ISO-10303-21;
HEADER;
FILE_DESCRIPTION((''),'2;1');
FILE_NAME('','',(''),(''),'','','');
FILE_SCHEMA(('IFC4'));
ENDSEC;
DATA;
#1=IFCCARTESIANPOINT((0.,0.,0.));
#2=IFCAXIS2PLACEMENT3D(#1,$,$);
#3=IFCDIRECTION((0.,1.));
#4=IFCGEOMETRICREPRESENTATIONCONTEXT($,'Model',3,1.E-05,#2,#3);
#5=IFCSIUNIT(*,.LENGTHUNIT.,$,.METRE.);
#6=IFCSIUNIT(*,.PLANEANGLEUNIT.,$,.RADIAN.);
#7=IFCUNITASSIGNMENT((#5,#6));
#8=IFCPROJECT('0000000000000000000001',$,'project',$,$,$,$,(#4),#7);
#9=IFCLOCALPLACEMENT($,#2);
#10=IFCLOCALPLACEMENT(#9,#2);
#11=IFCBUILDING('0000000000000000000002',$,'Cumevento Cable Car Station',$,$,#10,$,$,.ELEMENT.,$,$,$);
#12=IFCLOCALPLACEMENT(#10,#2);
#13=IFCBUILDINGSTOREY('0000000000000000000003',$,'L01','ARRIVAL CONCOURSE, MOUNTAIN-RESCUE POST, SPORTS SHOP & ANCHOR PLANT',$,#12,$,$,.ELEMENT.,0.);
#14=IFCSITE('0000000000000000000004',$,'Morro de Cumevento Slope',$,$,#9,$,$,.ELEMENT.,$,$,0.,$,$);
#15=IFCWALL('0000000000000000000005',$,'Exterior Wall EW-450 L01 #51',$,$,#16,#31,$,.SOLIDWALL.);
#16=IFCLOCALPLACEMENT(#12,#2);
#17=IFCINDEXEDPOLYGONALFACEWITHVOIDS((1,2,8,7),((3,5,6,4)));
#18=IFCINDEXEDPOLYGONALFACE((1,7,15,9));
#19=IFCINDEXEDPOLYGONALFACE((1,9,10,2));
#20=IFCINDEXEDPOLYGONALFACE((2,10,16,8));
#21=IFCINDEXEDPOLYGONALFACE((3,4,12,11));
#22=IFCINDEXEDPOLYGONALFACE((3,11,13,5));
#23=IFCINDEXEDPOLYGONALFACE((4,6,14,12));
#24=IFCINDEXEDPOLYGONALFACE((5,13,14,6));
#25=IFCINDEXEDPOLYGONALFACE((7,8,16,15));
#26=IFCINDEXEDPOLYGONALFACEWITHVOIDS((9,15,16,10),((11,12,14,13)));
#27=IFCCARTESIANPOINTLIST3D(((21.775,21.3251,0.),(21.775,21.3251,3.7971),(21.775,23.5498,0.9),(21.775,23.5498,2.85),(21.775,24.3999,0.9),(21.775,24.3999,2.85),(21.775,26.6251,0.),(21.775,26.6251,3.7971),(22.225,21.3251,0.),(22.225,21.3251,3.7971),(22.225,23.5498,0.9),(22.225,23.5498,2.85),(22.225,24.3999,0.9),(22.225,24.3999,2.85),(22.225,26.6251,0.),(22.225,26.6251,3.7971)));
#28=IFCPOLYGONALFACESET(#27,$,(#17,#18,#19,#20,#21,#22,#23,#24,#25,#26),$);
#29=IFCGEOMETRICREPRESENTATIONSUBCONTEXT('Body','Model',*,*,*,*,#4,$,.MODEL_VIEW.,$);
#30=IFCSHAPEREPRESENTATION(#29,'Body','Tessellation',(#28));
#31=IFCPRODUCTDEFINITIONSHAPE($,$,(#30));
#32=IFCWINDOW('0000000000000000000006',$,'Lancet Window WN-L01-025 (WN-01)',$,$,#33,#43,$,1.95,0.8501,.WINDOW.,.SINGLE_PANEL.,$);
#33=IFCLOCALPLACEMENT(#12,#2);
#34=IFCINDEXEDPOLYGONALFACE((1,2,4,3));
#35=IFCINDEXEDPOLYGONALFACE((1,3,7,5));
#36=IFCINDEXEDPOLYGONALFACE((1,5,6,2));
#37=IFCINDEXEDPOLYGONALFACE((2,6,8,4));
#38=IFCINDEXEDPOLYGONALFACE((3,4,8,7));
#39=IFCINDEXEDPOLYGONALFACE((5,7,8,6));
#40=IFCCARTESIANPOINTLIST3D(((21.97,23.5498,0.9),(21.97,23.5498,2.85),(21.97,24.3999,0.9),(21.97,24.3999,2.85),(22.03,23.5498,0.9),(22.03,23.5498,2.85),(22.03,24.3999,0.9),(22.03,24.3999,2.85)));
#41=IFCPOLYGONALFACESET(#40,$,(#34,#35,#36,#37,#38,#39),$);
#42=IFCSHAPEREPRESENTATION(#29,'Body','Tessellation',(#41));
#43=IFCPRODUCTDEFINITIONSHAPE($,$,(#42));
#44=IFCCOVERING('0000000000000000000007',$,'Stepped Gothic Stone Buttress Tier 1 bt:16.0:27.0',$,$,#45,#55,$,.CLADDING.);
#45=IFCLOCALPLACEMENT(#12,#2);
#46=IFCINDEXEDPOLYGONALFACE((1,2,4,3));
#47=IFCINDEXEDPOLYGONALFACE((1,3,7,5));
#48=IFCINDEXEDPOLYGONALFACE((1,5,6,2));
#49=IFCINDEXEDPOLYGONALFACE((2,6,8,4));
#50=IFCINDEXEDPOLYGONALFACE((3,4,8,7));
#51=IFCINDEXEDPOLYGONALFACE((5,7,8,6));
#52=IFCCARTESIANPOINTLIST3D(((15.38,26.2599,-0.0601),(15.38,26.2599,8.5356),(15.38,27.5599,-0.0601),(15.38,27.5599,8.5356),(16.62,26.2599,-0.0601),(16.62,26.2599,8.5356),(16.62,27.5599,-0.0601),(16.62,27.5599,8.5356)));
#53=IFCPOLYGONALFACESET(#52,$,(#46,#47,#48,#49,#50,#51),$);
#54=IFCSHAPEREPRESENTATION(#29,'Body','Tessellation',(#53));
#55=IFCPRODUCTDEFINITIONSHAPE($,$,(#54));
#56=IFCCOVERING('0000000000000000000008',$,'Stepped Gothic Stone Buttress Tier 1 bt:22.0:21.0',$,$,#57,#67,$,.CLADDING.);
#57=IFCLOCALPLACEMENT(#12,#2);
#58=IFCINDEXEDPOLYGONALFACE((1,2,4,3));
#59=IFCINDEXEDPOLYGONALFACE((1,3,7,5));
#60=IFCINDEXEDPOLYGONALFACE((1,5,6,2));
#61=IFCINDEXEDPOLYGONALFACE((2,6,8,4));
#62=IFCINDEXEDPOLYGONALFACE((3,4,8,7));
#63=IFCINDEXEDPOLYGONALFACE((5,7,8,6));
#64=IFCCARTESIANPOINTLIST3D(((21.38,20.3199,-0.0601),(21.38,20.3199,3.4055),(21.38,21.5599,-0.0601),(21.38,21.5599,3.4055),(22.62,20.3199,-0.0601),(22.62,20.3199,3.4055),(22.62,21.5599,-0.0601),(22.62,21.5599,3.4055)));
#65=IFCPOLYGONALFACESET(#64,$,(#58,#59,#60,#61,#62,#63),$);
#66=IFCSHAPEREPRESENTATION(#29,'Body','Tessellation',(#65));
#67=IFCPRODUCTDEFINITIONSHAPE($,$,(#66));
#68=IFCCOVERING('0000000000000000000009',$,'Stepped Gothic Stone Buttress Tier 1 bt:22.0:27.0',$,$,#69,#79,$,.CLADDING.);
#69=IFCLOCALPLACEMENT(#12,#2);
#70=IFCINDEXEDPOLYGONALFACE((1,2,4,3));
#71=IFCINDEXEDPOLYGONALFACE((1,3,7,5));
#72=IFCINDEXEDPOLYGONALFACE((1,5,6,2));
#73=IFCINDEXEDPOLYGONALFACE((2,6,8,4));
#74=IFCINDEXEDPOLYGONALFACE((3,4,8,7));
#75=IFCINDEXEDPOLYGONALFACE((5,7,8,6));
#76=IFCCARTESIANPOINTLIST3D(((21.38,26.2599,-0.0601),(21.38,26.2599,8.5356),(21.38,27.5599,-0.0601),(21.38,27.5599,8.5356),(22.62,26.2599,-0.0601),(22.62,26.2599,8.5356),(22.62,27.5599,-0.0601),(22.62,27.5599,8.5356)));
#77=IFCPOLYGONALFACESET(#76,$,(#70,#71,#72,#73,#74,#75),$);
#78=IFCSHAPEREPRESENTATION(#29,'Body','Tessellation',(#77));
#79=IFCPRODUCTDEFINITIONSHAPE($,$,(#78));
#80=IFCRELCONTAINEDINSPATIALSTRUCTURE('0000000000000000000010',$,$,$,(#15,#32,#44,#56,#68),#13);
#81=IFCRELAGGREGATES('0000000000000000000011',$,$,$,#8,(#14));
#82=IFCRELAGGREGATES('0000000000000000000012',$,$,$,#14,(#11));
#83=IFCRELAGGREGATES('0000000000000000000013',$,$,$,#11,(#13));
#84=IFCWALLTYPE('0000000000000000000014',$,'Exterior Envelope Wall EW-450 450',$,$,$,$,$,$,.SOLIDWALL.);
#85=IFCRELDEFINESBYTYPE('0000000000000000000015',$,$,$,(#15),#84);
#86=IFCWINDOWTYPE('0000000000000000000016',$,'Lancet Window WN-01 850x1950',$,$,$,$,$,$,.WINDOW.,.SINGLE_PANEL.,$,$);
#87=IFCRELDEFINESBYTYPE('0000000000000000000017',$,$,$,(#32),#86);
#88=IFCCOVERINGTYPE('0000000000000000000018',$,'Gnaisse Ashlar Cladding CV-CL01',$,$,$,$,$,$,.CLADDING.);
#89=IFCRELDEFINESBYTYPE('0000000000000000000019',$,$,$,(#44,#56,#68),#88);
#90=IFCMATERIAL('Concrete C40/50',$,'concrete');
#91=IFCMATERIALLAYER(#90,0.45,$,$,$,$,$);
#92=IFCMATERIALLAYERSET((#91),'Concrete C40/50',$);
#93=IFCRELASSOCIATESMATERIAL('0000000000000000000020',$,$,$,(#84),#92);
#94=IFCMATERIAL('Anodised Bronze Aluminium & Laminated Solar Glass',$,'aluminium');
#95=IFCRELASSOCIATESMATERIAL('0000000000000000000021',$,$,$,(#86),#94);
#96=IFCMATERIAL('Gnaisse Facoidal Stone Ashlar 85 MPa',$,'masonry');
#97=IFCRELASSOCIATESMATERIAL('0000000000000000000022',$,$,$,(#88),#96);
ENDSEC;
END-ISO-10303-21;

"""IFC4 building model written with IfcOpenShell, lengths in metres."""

from ifc_helpers import new_model, si_unit, direction, frame, frame_2d, origin, origin_2d, place, context, subcontext, project, spatial, rectangle, extrude, material, layer, layer_set, type_object, element, fill, save


model = new_model("IFC4")

# Units and contexts
model_context = context("Model", 3, precision=1e-05, world=origin(), true_north=direction((0.0, 1.0)))
body_context = subcontext(model_context, "Body", "Model", "MODEL_VIEW")
ifc_project = project(units=[si_unit("LENGTHUNIT", "METRE"), si_unit("PLANEANGLEUNIT", "RADIAN")], contexts=[model_context])

# Site, building, storey
site_placement = place(None, origin())
site = spatial("IfcSite", under=ifc_project, at=site_placement, Name="Morro de Cumevento Slope", CompositionType="ELEMENT", RefElevation=0.0)
building_placement = place(site_placement, origin())
building = spatial("IfcBuilding", under=site, at=building_placement, Name="Cumevento Cable Car Station", CompositionType="ELEMENT")
storey_placement = place(building_placement, origin())
storey = spatial("IfcBuildingStorey", under=building, at=storey_placement, Name="L01", Description="ARRIVAL CONCOURSE, MOUNTAIN-RESCUE POST, SPORTS SHOP & ANCHOR PLANT", CompositionType="ELEMENT", Elevation=0.0)

# Wall, opening, window
ifc_material_1 = material(Name="Concrete C40/50", Category="concrete")
ifc_layer_1 = layer(ifc_material_1, 0.45)
ifc_layer_set_1 = layer_set([ifc_layer_1], Name="Concrete C40/50")
wall_type_1 = type_object("IfcWallType", Name="Exterior Envelope Wall EW-450 450", PredefinedType="SOLIDWALL", material=ifc_layer_set_1)
wall_1_placement = place(storey_placement, frame((22.0, 26.625, 0.0), z_axis=(0.0, 0.0, 1.0), x_axis=(0.0, -1.0, 0.0)))
wall_1 = element("IfcWall", 1, at=wall_1_placement, inside=storey, type_object=wall_type_1, Name="Exterior Wall EW-450 L01 #51", PredefinedType="SOLIDWALL", context=body_context, shape_type="SweptSolid", body=[
    extrude(rectangle(XDim=5.3, YDim=0.45, at=frame_2d((2.6499, 0.0))), origin(), (0.0, 0.0, 1.0), 3.7971),
])
opening_1_placement = place(wall_1_placement, frame((2.2251, 0.0, 0.8999)))
opening_1 = element("IfcOpeningElement", 2, at=opening_1_placement, cuts=wall_1, PredefinedType="OPENING", context=body_context, shape_type="SweptSolid", body=[
    extrude(rectangle(XDim=0.8501, YDim=1.95, at=frame_2d((0.425, 0.9751))), frame((0.0, 0.2351, 0.0), z_axis=(0.0, -1.0, 0.0), x_axis=(1.0, 0.0, 0.0)), (0.0, 0.0, 1.0), 0.47),
])
ifc_material_2 = material(Name="Anodised Bronze Aluminium & Laminated Solar Glass", Category="aluminium")
window_type_1 = type_object("IfcWindowType", Name="Lancet Window WN-01 850x1950", PartitioningType="SINGLE_PANEL", PredefinedType="WINDOW", material=ifc_material_2)
window_1_placement = place(opening_1_placement, origin())
window_1 = element("IfcWindow", 3, at=window_1_placement, inside=storey, type_object=window_type_1, Name="Lancet Window WN-L01-025 (WN-01)", OverallHeight=1.95, OverallWidth=0.8501, PartitioningType="SINGLE_PANEL", PredefinedType="WINDOW", context=body_context, shape_type="SweptSolid", body=[
    extrude(rectangle(XDim=0.8501, YDim=1.95, at=frame_2d((0.425, 0.9751))), frame((0.0, 0.03, 0.0), z_axis=(0.0, -1.0, 0.0), x_axis=(1.0, 0.0, 0.0)), (0.0, 0.0, 1.0), 0.0601),
])
fill(opening_1, window_1)

# Coverings
ifc_material_3 = material(Name="Gnaisse Facoidal Stone Ashlar 85 MPa", Category="masonry")
covering_type = type_object("IfcCoveringType", Name="Gnaisse Ashlar Cladding CV-CL01", PredefinedType="CLADDING", material=ifc_material_3)
covering_1_placement = place(storey_placement, frame((16.0, 26.9099, -0.0601), z_axis=(0.0, 0.0, 1.0), x_axis=(1.0, 0.0, 0.0)))
element("IfcCovering", 4, at=covering_1_placement, inside=storey, type_object=covering_type, Name="Stepped Gothic Stone Buttress Tier 1 bt:16.0:27.0", PredefinedType="CLADDING", context=body_context, shape_type="SweptSolid", body=[
    extrude(rectangle(XDim=1.24, YDim=1.3, at=origin_2d()), origin(), (0.0, 0.0, 1.0), 8.5957),
])
covering_2_placement = place(storey_placement, frame((22.0, 20.9399, -0.0601), z_axis=(0.0, 0.0, 1.0), x_axis=(1.0, 0.0, 0.0)))
element("IfcCovering", 5, at=covering_2_placement, inside=storey, type_object=covering_type, Name="Stepped Gothic Stone Buttress Tier 1 bt:22.0:21.0", PredefinedType="CLADDING", context=body_context, shape_type="SweptSolid", body=[
    extrude(rectangle(XDim=1.24, YDim=1.24, at=origin_2d()), origin(), (0.0, 0.0, 1.0), 3.4656),
])
covering_3_placement = place(storey_placement, frame((22.0, 26.9099, -0.0601), z_axis=(0.0, 0.0, 1.0), x_axis=(1.0, 0.0, 0.0)))
element("IfcCovering", 6, at=covering_3_placement, inside=storey, type_object=covering_type, Name="Stepped Gothic Stone Buttress Tier 1 bt:22.0:27.0", PredefinedType="CLADDING", context=body_context, shape_type="SweptSolid", body=[
    extrude(rectangle(XDim=1.24, YDim=1.3, at=origin_2d()), origin(), (0.0, 0.0, 1.0), 8.5957),
])

save(model, "model.ifc")
